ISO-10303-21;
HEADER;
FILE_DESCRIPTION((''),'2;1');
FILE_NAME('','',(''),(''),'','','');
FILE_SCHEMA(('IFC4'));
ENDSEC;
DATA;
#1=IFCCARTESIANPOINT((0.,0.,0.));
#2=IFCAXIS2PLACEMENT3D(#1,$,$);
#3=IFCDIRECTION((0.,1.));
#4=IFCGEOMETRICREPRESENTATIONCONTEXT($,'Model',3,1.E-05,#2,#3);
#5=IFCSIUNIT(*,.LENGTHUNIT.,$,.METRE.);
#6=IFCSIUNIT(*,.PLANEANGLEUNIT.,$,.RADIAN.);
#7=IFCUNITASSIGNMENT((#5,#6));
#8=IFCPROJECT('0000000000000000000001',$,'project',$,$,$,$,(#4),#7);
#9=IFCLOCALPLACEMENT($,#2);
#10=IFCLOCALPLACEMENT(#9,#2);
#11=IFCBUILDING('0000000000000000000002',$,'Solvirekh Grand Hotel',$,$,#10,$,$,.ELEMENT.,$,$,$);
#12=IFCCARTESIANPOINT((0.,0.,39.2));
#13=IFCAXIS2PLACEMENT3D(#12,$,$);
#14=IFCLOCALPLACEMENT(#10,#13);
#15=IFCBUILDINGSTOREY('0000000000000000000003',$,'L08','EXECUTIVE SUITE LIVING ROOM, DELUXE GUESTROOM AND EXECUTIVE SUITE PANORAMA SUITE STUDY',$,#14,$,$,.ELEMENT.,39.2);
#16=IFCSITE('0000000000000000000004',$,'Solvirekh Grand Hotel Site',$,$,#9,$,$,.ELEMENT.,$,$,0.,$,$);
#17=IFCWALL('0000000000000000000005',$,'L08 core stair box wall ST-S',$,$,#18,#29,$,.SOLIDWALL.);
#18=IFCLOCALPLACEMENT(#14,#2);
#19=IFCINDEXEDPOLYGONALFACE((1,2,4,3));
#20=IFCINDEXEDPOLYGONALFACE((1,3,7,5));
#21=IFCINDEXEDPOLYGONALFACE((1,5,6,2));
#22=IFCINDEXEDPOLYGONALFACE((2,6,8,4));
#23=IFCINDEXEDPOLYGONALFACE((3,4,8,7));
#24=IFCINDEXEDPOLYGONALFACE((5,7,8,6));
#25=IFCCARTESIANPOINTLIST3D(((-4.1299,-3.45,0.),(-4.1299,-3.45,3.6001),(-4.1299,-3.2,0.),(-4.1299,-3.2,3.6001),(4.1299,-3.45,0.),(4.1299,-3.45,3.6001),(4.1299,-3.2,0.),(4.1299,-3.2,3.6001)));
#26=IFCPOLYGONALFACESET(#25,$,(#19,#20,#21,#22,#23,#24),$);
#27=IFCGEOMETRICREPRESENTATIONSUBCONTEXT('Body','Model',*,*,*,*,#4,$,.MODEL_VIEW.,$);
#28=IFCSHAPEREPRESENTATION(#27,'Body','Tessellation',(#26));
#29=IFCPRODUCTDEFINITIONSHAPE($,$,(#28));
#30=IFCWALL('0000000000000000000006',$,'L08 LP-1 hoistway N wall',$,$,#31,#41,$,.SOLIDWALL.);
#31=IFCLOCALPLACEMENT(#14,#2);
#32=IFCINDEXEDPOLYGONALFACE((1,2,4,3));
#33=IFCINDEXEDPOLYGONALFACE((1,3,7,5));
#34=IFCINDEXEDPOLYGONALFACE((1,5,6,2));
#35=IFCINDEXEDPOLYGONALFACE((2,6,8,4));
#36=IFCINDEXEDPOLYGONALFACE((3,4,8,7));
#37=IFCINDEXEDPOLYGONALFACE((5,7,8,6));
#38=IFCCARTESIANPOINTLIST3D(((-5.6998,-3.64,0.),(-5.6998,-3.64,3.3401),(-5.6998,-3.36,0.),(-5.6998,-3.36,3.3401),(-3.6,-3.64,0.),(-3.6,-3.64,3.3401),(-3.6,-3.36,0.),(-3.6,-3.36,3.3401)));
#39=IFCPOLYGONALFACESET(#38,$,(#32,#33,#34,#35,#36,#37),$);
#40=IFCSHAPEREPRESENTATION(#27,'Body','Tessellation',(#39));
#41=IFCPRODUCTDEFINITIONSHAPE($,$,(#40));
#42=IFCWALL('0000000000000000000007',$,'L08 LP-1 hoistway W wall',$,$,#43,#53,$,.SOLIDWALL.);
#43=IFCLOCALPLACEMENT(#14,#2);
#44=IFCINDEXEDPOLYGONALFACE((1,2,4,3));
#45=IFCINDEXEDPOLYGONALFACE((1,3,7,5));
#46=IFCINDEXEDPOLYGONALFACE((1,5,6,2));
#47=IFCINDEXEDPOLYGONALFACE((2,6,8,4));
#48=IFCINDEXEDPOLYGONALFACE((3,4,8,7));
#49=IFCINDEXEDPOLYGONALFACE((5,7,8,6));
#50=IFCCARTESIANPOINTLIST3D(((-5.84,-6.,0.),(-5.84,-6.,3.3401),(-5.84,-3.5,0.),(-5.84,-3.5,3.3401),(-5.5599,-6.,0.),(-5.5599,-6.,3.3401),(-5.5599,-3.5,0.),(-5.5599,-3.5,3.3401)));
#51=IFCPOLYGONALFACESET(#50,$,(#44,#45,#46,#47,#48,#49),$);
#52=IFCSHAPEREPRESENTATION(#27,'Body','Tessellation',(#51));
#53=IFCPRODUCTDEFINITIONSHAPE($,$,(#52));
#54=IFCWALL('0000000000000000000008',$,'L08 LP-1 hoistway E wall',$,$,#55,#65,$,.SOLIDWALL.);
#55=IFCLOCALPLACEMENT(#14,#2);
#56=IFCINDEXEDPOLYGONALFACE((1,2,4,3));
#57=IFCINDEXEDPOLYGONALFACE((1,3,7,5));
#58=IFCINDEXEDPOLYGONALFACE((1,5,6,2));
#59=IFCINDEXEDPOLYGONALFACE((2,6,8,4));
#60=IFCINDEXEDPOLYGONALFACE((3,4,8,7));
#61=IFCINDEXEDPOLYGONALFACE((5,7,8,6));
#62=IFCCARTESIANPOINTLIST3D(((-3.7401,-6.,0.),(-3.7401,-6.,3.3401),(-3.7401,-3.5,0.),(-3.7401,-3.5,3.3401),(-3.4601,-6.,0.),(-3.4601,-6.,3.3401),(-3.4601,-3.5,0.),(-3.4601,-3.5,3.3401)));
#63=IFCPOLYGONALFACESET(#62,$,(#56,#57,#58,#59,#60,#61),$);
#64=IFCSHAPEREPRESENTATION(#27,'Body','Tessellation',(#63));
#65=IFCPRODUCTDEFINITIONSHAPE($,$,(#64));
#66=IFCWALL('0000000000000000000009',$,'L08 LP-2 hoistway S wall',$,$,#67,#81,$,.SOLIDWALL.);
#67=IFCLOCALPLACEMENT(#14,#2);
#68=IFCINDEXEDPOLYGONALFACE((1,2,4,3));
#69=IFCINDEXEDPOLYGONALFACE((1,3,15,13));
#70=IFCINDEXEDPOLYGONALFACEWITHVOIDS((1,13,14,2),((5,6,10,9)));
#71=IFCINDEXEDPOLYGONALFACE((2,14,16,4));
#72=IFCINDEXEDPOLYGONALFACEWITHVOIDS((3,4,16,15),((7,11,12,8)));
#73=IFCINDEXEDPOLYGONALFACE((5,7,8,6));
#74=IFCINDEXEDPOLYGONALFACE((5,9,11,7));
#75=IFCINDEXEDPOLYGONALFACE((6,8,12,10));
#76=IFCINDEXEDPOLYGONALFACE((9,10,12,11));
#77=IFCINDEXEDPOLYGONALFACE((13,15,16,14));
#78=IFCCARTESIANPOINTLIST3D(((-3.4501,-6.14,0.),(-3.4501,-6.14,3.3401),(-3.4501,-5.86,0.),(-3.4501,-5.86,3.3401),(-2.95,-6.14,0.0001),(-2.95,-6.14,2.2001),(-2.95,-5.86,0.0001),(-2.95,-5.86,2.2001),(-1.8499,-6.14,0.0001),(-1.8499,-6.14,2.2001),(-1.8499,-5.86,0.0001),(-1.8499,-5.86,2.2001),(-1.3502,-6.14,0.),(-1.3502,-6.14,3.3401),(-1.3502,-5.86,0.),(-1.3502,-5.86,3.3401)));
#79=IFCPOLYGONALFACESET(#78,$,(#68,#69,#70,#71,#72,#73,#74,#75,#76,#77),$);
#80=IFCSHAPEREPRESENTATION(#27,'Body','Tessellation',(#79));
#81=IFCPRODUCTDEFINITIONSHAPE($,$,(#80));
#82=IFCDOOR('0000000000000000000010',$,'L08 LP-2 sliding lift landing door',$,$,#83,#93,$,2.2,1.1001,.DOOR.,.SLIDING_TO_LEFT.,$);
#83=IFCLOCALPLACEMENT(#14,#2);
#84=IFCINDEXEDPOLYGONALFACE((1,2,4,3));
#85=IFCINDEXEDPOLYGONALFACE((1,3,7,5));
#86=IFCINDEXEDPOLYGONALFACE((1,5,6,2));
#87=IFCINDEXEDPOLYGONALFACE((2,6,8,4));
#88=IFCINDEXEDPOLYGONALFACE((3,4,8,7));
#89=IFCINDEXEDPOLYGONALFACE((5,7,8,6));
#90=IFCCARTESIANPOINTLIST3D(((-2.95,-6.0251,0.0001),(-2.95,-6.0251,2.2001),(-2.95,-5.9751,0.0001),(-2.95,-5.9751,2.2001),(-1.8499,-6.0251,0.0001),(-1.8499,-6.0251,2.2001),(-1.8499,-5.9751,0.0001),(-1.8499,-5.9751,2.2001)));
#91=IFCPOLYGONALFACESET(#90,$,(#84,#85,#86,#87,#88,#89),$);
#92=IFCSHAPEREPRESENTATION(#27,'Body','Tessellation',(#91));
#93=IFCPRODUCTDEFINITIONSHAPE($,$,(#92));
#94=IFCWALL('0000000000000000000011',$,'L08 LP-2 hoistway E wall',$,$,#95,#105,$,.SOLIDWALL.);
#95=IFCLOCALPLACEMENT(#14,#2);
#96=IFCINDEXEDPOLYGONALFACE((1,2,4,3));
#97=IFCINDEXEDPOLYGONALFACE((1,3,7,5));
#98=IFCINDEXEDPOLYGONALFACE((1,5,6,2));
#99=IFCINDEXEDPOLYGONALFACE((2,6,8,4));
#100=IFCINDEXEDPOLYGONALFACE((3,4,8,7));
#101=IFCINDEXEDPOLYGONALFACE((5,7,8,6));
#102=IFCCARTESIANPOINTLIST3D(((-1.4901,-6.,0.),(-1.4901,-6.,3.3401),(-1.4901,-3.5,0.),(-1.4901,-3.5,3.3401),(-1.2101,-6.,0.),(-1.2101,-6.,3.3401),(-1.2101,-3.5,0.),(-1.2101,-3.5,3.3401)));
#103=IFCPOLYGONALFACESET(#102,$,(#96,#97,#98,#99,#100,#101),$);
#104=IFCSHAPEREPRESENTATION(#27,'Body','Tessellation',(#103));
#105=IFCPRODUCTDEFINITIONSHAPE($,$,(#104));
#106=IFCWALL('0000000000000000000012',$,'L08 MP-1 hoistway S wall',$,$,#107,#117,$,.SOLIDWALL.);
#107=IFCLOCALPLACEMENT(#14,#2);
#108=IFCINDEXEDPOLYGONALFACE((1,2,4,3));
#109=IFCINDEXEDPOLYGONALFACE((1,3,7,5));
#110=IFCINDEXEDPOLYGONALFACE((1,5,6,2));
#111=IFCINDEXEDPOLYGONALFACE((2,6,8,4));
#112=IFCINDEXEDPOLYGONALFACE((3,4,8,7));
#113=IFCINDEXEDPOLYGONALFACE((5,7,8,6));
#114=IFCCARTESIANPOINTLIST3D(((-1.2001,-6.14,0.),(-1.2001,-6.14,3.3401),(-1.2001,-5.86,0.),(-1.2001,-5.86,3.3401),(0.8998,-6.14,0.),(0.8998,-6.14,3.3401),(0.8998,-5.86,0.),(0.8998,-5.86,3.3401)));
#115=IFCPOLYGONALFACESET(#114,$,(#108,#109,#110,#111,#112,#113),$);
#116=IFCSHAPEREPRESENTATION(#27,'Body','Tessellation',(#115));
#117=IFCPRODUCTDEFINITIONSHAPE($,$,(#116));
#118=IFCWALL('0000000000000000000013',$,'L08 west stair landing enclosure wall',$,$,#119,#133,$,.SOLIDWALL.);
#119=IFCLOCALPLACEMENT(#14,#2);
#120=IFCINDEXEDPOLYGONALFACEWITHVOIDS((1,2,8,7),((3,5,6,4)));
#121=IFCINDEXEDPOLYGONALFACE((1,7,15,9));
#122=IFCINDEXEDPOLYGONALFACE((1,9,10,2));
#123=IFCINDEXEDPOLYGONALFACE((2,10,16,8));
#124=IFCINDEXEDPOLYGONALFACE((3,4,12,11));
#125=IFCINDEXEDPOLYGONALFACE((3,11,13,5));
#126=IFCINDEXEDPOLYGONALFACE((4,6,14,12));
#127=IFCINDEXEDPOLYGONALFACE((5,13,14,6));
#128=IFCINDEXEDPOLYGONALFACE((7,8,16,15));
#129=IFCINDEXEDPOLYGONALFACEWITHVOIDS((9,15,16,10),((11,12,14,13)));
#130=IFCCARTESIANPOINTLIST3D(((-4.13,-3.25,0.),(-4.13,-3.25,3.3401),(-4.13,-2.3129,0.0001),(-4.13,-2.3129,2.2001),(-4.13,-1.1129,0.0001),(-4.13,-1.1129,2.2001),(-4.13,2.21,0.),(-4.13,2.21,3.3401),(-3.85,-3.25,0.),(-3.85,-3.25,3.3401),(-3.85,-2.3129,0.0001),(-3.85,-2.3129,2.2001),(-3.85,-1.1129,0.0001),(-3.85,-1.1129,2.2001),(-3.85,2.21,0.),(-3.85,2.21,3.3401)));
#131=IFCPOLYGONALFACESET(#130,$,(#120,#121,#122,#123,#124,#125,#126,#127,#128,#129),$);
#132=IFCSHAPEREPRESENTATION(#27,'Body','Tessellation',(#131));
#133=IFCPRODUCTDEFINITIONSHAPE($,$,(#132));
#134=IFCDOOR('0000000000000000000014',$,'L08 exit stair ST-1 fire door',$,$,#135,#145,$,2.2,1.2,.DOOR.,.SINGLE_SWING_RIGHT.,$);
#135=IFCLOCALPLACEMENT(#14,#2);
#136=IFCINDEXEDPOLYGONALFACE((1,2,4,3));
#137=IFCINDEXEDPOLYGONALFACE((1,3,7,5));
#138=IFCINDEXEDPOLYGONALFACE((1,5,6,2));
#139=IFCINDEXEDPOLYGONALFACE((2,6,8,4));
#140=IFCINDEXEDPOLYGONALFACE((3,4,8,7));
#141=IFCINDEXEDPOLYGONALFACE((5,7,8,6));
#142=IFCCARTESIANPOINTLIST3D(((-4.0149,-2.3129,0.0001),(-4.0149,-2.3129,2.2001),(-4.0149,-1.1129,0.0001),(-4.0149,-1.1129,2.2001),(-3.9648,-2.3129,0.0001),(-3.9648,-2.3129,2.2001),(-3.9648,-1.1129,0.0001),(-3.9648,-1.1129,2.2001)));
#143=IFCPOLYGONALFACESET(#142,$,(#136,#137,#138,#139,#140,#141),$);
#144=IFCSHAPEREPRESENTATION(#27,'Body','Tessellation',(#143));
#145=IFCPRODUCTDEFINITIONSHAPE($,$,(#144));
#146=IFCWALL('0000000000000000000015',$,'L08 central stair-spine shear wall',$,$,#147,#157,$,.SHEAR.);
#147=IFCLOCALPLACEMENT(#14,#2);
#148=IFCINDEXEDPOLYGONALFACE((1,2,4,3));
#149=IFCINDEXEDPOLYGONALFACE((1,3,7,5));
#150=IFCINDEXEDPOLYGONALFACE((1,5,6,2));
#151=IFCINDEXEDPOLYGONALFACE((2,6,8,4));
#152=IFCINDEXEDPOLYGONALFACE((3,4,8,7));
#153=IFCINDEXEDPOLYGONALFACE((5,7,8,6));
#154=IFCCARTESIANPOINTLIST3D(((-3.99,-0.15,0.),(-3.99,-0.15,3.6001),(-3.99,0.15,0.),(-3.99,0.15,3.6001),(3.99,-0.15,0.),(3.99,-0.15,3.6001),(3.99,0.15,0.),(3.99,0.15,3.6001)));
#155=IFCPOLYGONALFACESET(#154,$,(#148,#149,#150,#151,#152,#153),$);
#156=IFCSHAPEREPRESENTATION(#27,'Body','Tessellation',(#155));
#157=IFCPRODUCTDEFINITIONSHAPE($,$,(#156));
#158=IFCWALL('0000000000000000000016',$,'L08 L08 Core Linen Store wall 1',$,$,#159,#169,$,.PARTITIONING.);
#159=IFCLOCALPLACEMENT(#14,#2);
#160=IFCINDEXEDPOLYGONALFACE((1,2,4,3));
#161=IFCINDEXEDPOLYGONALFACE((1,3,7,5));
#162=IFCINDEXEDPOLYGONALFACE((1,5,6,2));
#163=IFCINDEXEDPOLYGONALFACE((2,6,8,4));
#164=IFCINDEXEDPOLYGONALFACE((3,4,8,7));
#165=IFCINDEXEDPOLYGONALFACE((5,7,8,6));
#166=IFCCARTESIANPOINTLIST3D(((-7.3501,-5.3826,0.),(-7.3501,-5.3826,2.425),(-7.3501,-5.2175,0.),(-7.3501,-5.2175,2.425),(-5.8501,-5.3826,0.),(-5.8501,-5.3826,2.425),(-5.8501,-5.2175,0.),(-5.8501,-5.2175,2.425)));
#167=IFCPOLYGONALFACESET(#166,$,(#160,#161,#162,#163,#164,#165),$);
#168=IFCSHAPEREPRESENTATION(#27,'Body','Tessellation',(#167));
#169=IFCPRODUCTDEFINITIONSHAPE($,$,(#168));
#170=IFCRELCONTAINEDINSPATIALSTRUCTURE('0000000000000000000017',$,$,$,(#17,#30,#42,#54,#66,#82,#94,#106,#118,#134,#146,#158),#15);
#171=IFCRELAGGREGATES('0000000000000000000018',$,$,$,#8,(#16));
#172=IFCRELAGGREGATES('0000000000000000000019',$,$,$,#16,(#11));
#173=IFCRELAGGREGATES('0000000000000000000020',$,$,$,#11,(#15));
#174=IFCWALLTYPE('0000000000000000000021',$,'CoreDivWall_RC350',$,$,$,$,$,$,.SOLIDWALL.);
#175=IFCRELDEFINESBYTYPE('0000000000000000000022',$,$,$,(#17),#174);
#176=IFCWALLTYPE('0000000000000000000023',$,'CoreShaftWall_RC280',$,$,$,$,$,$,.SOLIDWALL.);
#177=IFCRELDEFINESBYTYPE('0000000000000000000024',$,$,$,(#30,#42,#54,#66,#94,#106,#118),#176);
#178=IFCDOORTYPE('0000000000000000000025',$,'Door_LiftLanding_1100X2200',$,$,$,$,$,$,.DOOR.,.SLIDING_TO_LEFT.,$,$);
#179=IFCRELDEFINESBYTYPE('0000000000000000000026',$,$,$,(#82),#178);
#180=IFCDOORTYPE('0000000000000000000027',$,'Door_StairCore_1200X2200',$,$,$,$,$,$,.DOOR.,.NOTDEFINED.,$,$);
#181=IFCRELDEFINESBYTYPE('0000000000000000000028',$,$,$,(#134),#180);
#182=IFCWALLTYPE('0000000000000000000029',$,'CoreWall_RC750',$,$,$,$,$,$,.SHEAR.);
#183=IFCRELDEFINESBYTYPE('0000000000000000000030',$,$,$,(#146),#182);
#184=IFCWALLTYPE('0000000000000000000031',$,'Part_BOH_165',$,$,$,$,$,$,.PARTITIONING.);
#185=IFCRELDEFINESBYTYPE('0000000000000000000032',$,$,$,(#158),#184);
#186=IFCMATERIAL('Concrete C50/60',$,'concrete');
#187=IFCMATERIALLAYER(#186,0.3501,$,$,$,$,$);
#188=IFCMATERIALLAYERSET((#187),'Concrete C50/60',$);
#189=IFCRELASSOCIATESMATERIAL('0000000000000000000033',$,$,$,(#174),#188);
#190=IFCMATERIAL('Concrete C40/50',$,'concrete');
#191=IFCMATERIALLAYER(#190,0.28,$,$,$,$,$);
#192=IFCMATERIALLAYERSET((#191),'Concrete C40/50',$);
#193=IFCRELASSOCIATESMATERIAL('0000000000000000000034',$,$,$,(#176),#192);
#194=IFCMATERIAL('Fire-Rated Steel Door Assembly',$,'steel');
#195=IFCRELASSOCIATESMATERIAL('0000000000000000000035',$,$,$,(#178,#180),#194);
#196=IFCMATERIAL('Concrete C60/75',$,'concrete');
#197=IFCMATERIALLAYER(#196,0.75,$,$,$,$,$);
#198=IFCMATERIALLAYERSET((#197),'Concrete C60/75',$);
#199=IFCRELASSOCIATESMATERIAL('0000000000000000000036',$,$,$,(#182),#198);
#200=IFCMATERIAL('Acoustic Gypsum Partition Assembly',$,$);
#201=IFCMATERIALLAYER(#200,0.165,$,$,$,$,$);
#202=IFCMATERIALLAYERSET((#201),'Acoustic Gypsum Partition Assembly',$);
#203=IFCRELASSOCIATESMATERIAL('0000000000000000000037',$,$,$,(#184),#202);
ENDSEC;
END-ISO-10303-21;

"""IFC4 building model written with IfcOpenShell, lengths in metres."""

from ifc_helpers import new_model, si_unit, direction, frame, frame_2d, origin, place, context, subcontext, project, spatial, rectangle, extrude, material, layer, layer_set, type_object, element, fill, save


model = new_model("IFC4")

# Units and contexts
model_context = context("Model", 3, precision=1e-05, world=origin(), true_north=direction((0.0, 1.0)))
body_context = subcontext(model_context, "Body", "Model", "MODEL_VIEW")
ifc_project = project(units=[si_unit("LENGTHUNIT", "METRE"), si_unit("PLANEANGLEUNIT", "RADIAN")], contexts=[model_context])

# Site, building, storey
site_placement = place(None, origin())
site = spatial("IfcSite", under=ifc_project, at=site_placement, Name="Solvirekh Grand Hotel Site", CompositionType="ELEMENT", RefElevation=0.0)
building_placement = place(site_placement, origin())
building = spatial("IfcBuilding", under=site, at=building_placement, Name="Solvirekh Grand Hotel", CompositionType="ELEMENT")
storey_placement = place(building_placement, frame((0.0, 0.0, 39.2)))
storey = spatial("IfcBuildingStorey", under=building, at=storey_placement, Name="L08", Description="EXECUTIVE SUITE LIVING ROOM, DELUXE GUESTROOM AND EXECUTIVE SUITE PANORAMA SUITE STUDY", CompositionType="ELEMENT", Elevation=39.2)

# Walls
ifc_material_1 = material(Name="Concrete C50/60", Category="concrete")
ifc_layer_1 = layer(ifc_material_1, 0.3501)
ifc_layer_set_1 = layer_set([ifc_layer_1], Name="Concrete C50/60")
wall_type_1 = type_object("IfcWallType", Name="CoreDivWall_RC350", PredefinedType="SOLIDWALL", material=ifc_layer_set_1)
wall_1_placement = place(storey_placement, frame((-4.1299, -3.325, 0.0), z_axis=(0.0, 0.0, 1.0), x_axis=(1.0, 0.0, 0.0)))
element("IfcWall", 1, at=wall_1_placement, inside=storey, type_object=wall_type_1, Name="L08 core stair box wall ST-S", PredefinedType="SOLIDWALL", context=body_context, shape_type="SweptSolid", body=[
    extrude(rectangle(XDim=8.2598, YDim=0.25, at=frame_2d((4.1299, 0.0))), origin(), (0.0, 0.0, 1.0), 3.6001),
])
ifc_material_2 = material(Name="Concrete C40/50", Category="concrete")
ifc_layer_2 = layer(ifc_material_2, 0.28)
ifc_layer_set_2 = layer_set([ifc_layer_2], Name="Concrete C40/50")
wall_type_2 = type_object("IfcWallType", Name="CoreShaftWall_RC280", PredefinedType="SOLIDWALL", material=ifc_layer_set_2)
wall_2_placement = place(storey_placement, frame((-3.6001, -3.5, 0.0), z_axis=(0.0, 0.0, 1.0), x_axis=(-1.0, 0.0, 0.0)))
element("IfcWall", 2, at=wall_2_placement, inside=storey, type_object=wall_type_2, Name="L08 LP-1 hoistway N wall", PredefinedType="SOLIDWALL", context=body_context, shape_type="SweptSolid", body=[
    extrude(rectangle(XDim=2.0999, YDim=0.28, at=frame_2d((1.0498, 0.0))), origin(), (0.0, 0.0, 1.0), 3.3401),
])
for number, where, z_axis, x_axis, name in (
    (3, (-5.7, -3.5, 0.0), (0.0, 0.0, 1.0), (0.0, -1.0, 0.0), "L08 LP-1 hoistway W wall"),
    (4, (-3.6001, -6.0, 0.0), (0.0, 0.0, 1.0), (0.0, 1.0, 0.0), "L08 LP-1 hoistway E wall"),
):
    element("IfcWall", number, at=place(storey_placement, frame(where, z_axis=z_axis, x_axis=x_axis)), inside=storey, type_object=wall_type_2, Name=name, PredefinedType="SOLIDWALL", context=body_context, shape_type="SweptSolid", body=[
        extrude(rectangle(XDim=2.5, YDim=0.28, at=frame_2d((1.25, 0.0))), origin(), (0.0, 0.0, 1.0), 3.3401),
    ])

# Wall, opening, door
wall_3_placement = place(storey_placement, frame((-3.45, -6.0, 0.0), z_axis=(0.0, 0.0, 1.0), x_axis=(1.0, 0.0, 0.0)))
wall_3 = element("IfcWall", 5, at=wall_3_placement, inside=storey, type_object=wall_type_2, Name="L08 LP-2 hoistway S wall", PredefinedType="SOLIDWALL", context=body_context, shape_type="SweptSolid", body=[
    extrude(rectangle(XDim=2.0999, YDim=0.28, at=frame_2d((1.0498, 0.0))), origin(), (0.0, 0.0, 1.0), 3.3401),
])
opening_1_placement = place(wall_3_placement, frame((0.5, 0.0, 0.0)))
opening_1 = element("IfcOpeningElement", 6, at=opening_1_placement, cuts=wall_3, PredefinedType="OPENING", context=body_context, shape_type="SweptSolid", body=[
    extrude(rectangle(XDim=1.1001, YDim=2.2, at=frame_2d((0.55, 1.1001))), frame((0.0, 0.1499, 0.0), z_axis=(0.0, -1.0, 0.0), x_axis=(1.0, 0.0, 0.0)), (0.0, 0.0, 1.0), 0.3),
])
ifc_material_3 = material(Name="Fire-Rated Steel Door Assembly", Category="steel")
door_type_1 = type_object("IfcDoorType", Name="Door_LiftLanding_1100X2200", OperationType="SLIDING_TO_LEFT", PredefinedType="DOOR", material=ifc_material_3)
door_1_placement = place(opening_1_placement, origin())
door_1 = element("IfcDoor", 7, at=door_1_placement, inside=storey, type_object=door_type_1, Name="L08 LP-2 sliding lift landing door", OperationType="SLIDING_TO_LEFT", OverallHeight=2.2, OverallWidth=1.1001, PredefinedType="DOOR", context=body_context, shape_type="SweptSolid", body=[
    extrude(rectangle(XDim=1.1001, YDim=2.2, at=frame_2d((0.55, 1.1001))), frame((0.0, 0.0249, 0.0), z_axis=(0.0, -1.0, 0.0), x_axis=(1.0, 0.0, 0.0)), (0.0, 0.0, 1.0), 0.05),
])
fill(opening_1, door_1)

# Walls
wall_4_placement = place(storey_placement, frame((-1.3501, -6.0, 0.0), z_axis=(0.0, 0.0, 1.0), x_axis=(0.0, 1.0, 0.0)))
element("IfcWall", 8, at=wall_4_placement, inside=storey, type_object=wall_type_2, Name="L08 LP-2 hoistway E wall", PredefinedType="SOLIDWALL", context=body_context, shape_type="SweptSolid", body=[
    extrude(rectangle(XDim=2.5, YDim=0.28, at=frame_2d((1.25, 0.0))), origin(), (0.0, 0.0, 1.0), 3.3401),
])
wall_5_placement = place(storey_placement, frame((-1.2, -6.0, 0.0), z_axis=(0.0, 0.0, 1.0), x_axis=(1.0, 0.0, 0.0)))
element("IfcWall", 9, at=wall_5_placement, inside=storey, type_object=wall_type_2, Name="L08 MP-1 hoistway S wall", PredefinedType="SOLIDWALL", context=body_context, shape_type="SweptSolid", body=[
    extrude(rectangle(XDim=2.0999, YDim=0.28, at=frame_2d((1.0498, 0.0))), origin(), (0.0, 0.0, 1.0), 3.3401),
])

# Wall, opening, door
wall_6_placement = place(storey_placement, frame((-3.99, -3.25, 0.0), z_axis=(0.0, 0.0, 1.0), x_axis=(0.0, 1.0, 0.0)))
wall_6 = element("IfcWall", 10, at=wall_6_placement, inside=storey, type_object=wall_type_2, Name="L08 west stair landing enclosure wall", PredefinedType="SOLIDWALL", context=body_context, shape_type="SweptSolid", body=[
    extrude(rectangle(XDim=5.46, YDim=0.28, at=frame_2d((2.73, 0.0))), origin(), (0.0, 0.0, 1.0), 3.3401),
])
opening_2_placement = place(wall_6_placement, frame((0.937, 0.0, 0.0)))
opening_2 = element("IfcOpeningElement", 11, at=opening_2_placement, cuts=wall_6, PredefinedType="OPENING", context=body_context, shape_type="SweptSolid", body=[
    extrude(rectangle(XDim=1.2, YDim=2.2, at=frame_2d((0.6001, 1.1001))), frame((0.0, 0.1499, 0.0), z_axis=(0.0, -1.0, 0.0), x_axis=(1.0, 0.0, 0.0)), (0.0, 0.0, 1.0), 0.3),
])
door_type_2 = type_object("IfcDoorType", Name="Door_StairCore_1200X2200", OperationType="NOTDEFINED", PredefinedType="DOOR", material=ifc_material_3)
door_2_placement = place(opening_2_placement, origin())
door_2 = element("IfcDoor", 12, at=door_2_placement, inside=storey, type_object=door_type_2, Name="L08 exit stair ST-1 fire door", OperationType="SINGLE_SWING_RIGHT", OverallHeight=2.2, OverallWidth=1.2, PredefinedType="DOOR", context=body_context, shape_type="SweptSolid", body=[
    extrude(rectangle(XDim=1.2, YDim=2.2, at=frame_2d((0.6001, 1.1001))), frame((0.0, 0.0249, 0.0), z_axis=(0.0, -1.0, 0.0), x_axis=(1.0, 0.0, 0.0)), (0.0, 0.0, 1.0), 0.05),
])
fill(opening_2, door_2)

# Walls
ifc_material_4 = material(Name="Concrete C60/75", Category="concrete")
ifc_layer_3 = layer(ifc_material_4, 0.75)
ifc_layer_set_3 = layer_set([ifc_layer_3], Name="Concrete C60/75")
wall_type_3 = type_object("IfcWallType", Name="CoreWall_RC750", PredefinedType="SHEAR", material=ifc_layer_set_3)
wall_7_placement = place(storey_placement, frame((-3.99, 0.0, 0.0), z_axis=(0.0, 0.0, 1.0), x_axis=(1.0, 0.0, 0.0)))
element("IfcWall", 13, at=wall_7_placement, inside=storey, type_object=wall_type_3, Name="L08 central stair-spine shear wall", PredefinedType="SHEAR", context=body_context, shape_type="SweptSolid", body=[
    extrude(rectangle(XDim=7.98, YDim=0.3, at=frame_2d((3.99, 0.0))), origin(), (0.0, 0.0, 1.0), 3.6001),
])
ifc_material_5 = material(Name="Acoustic Gypsum Partition Assembly")
ifc_layer_4 = layer(ifc_material_5, 0.165)
ifc_layer_set_4 = layer_set([ifc_layer_4], Name="Acoustic Gypsum Partition Assembly")
wall_type_4 = type_object("IfcWallType", Name="Part_BOH_165", PredefinedType="PARTITIONING", material=ifc_layer_set_4)
wall_8_placement = place(storey_placement, frame((-7.3501, -5.3, 0.0), z_axis=(0.0, 0.0, 1.0), x_axis=(1.0, 0.0, 0.0)))
element("IfcWall", 14, at=wall_8_placement, inside=storey, type_object=wall_type_4, Name="L08 L08 Core Linen Store wall 1", PredefinedType="PARTITIONING", context=body_context, shape_type="SweptSolid", body=[
    extrude(rectangle(XDim=1.5, YDim=0.165, at=frame_2d((0.75, 0.0))), origin(), (0.0, 0.0, 1.0), 2.425),
])

save(model, "model.ifc")
